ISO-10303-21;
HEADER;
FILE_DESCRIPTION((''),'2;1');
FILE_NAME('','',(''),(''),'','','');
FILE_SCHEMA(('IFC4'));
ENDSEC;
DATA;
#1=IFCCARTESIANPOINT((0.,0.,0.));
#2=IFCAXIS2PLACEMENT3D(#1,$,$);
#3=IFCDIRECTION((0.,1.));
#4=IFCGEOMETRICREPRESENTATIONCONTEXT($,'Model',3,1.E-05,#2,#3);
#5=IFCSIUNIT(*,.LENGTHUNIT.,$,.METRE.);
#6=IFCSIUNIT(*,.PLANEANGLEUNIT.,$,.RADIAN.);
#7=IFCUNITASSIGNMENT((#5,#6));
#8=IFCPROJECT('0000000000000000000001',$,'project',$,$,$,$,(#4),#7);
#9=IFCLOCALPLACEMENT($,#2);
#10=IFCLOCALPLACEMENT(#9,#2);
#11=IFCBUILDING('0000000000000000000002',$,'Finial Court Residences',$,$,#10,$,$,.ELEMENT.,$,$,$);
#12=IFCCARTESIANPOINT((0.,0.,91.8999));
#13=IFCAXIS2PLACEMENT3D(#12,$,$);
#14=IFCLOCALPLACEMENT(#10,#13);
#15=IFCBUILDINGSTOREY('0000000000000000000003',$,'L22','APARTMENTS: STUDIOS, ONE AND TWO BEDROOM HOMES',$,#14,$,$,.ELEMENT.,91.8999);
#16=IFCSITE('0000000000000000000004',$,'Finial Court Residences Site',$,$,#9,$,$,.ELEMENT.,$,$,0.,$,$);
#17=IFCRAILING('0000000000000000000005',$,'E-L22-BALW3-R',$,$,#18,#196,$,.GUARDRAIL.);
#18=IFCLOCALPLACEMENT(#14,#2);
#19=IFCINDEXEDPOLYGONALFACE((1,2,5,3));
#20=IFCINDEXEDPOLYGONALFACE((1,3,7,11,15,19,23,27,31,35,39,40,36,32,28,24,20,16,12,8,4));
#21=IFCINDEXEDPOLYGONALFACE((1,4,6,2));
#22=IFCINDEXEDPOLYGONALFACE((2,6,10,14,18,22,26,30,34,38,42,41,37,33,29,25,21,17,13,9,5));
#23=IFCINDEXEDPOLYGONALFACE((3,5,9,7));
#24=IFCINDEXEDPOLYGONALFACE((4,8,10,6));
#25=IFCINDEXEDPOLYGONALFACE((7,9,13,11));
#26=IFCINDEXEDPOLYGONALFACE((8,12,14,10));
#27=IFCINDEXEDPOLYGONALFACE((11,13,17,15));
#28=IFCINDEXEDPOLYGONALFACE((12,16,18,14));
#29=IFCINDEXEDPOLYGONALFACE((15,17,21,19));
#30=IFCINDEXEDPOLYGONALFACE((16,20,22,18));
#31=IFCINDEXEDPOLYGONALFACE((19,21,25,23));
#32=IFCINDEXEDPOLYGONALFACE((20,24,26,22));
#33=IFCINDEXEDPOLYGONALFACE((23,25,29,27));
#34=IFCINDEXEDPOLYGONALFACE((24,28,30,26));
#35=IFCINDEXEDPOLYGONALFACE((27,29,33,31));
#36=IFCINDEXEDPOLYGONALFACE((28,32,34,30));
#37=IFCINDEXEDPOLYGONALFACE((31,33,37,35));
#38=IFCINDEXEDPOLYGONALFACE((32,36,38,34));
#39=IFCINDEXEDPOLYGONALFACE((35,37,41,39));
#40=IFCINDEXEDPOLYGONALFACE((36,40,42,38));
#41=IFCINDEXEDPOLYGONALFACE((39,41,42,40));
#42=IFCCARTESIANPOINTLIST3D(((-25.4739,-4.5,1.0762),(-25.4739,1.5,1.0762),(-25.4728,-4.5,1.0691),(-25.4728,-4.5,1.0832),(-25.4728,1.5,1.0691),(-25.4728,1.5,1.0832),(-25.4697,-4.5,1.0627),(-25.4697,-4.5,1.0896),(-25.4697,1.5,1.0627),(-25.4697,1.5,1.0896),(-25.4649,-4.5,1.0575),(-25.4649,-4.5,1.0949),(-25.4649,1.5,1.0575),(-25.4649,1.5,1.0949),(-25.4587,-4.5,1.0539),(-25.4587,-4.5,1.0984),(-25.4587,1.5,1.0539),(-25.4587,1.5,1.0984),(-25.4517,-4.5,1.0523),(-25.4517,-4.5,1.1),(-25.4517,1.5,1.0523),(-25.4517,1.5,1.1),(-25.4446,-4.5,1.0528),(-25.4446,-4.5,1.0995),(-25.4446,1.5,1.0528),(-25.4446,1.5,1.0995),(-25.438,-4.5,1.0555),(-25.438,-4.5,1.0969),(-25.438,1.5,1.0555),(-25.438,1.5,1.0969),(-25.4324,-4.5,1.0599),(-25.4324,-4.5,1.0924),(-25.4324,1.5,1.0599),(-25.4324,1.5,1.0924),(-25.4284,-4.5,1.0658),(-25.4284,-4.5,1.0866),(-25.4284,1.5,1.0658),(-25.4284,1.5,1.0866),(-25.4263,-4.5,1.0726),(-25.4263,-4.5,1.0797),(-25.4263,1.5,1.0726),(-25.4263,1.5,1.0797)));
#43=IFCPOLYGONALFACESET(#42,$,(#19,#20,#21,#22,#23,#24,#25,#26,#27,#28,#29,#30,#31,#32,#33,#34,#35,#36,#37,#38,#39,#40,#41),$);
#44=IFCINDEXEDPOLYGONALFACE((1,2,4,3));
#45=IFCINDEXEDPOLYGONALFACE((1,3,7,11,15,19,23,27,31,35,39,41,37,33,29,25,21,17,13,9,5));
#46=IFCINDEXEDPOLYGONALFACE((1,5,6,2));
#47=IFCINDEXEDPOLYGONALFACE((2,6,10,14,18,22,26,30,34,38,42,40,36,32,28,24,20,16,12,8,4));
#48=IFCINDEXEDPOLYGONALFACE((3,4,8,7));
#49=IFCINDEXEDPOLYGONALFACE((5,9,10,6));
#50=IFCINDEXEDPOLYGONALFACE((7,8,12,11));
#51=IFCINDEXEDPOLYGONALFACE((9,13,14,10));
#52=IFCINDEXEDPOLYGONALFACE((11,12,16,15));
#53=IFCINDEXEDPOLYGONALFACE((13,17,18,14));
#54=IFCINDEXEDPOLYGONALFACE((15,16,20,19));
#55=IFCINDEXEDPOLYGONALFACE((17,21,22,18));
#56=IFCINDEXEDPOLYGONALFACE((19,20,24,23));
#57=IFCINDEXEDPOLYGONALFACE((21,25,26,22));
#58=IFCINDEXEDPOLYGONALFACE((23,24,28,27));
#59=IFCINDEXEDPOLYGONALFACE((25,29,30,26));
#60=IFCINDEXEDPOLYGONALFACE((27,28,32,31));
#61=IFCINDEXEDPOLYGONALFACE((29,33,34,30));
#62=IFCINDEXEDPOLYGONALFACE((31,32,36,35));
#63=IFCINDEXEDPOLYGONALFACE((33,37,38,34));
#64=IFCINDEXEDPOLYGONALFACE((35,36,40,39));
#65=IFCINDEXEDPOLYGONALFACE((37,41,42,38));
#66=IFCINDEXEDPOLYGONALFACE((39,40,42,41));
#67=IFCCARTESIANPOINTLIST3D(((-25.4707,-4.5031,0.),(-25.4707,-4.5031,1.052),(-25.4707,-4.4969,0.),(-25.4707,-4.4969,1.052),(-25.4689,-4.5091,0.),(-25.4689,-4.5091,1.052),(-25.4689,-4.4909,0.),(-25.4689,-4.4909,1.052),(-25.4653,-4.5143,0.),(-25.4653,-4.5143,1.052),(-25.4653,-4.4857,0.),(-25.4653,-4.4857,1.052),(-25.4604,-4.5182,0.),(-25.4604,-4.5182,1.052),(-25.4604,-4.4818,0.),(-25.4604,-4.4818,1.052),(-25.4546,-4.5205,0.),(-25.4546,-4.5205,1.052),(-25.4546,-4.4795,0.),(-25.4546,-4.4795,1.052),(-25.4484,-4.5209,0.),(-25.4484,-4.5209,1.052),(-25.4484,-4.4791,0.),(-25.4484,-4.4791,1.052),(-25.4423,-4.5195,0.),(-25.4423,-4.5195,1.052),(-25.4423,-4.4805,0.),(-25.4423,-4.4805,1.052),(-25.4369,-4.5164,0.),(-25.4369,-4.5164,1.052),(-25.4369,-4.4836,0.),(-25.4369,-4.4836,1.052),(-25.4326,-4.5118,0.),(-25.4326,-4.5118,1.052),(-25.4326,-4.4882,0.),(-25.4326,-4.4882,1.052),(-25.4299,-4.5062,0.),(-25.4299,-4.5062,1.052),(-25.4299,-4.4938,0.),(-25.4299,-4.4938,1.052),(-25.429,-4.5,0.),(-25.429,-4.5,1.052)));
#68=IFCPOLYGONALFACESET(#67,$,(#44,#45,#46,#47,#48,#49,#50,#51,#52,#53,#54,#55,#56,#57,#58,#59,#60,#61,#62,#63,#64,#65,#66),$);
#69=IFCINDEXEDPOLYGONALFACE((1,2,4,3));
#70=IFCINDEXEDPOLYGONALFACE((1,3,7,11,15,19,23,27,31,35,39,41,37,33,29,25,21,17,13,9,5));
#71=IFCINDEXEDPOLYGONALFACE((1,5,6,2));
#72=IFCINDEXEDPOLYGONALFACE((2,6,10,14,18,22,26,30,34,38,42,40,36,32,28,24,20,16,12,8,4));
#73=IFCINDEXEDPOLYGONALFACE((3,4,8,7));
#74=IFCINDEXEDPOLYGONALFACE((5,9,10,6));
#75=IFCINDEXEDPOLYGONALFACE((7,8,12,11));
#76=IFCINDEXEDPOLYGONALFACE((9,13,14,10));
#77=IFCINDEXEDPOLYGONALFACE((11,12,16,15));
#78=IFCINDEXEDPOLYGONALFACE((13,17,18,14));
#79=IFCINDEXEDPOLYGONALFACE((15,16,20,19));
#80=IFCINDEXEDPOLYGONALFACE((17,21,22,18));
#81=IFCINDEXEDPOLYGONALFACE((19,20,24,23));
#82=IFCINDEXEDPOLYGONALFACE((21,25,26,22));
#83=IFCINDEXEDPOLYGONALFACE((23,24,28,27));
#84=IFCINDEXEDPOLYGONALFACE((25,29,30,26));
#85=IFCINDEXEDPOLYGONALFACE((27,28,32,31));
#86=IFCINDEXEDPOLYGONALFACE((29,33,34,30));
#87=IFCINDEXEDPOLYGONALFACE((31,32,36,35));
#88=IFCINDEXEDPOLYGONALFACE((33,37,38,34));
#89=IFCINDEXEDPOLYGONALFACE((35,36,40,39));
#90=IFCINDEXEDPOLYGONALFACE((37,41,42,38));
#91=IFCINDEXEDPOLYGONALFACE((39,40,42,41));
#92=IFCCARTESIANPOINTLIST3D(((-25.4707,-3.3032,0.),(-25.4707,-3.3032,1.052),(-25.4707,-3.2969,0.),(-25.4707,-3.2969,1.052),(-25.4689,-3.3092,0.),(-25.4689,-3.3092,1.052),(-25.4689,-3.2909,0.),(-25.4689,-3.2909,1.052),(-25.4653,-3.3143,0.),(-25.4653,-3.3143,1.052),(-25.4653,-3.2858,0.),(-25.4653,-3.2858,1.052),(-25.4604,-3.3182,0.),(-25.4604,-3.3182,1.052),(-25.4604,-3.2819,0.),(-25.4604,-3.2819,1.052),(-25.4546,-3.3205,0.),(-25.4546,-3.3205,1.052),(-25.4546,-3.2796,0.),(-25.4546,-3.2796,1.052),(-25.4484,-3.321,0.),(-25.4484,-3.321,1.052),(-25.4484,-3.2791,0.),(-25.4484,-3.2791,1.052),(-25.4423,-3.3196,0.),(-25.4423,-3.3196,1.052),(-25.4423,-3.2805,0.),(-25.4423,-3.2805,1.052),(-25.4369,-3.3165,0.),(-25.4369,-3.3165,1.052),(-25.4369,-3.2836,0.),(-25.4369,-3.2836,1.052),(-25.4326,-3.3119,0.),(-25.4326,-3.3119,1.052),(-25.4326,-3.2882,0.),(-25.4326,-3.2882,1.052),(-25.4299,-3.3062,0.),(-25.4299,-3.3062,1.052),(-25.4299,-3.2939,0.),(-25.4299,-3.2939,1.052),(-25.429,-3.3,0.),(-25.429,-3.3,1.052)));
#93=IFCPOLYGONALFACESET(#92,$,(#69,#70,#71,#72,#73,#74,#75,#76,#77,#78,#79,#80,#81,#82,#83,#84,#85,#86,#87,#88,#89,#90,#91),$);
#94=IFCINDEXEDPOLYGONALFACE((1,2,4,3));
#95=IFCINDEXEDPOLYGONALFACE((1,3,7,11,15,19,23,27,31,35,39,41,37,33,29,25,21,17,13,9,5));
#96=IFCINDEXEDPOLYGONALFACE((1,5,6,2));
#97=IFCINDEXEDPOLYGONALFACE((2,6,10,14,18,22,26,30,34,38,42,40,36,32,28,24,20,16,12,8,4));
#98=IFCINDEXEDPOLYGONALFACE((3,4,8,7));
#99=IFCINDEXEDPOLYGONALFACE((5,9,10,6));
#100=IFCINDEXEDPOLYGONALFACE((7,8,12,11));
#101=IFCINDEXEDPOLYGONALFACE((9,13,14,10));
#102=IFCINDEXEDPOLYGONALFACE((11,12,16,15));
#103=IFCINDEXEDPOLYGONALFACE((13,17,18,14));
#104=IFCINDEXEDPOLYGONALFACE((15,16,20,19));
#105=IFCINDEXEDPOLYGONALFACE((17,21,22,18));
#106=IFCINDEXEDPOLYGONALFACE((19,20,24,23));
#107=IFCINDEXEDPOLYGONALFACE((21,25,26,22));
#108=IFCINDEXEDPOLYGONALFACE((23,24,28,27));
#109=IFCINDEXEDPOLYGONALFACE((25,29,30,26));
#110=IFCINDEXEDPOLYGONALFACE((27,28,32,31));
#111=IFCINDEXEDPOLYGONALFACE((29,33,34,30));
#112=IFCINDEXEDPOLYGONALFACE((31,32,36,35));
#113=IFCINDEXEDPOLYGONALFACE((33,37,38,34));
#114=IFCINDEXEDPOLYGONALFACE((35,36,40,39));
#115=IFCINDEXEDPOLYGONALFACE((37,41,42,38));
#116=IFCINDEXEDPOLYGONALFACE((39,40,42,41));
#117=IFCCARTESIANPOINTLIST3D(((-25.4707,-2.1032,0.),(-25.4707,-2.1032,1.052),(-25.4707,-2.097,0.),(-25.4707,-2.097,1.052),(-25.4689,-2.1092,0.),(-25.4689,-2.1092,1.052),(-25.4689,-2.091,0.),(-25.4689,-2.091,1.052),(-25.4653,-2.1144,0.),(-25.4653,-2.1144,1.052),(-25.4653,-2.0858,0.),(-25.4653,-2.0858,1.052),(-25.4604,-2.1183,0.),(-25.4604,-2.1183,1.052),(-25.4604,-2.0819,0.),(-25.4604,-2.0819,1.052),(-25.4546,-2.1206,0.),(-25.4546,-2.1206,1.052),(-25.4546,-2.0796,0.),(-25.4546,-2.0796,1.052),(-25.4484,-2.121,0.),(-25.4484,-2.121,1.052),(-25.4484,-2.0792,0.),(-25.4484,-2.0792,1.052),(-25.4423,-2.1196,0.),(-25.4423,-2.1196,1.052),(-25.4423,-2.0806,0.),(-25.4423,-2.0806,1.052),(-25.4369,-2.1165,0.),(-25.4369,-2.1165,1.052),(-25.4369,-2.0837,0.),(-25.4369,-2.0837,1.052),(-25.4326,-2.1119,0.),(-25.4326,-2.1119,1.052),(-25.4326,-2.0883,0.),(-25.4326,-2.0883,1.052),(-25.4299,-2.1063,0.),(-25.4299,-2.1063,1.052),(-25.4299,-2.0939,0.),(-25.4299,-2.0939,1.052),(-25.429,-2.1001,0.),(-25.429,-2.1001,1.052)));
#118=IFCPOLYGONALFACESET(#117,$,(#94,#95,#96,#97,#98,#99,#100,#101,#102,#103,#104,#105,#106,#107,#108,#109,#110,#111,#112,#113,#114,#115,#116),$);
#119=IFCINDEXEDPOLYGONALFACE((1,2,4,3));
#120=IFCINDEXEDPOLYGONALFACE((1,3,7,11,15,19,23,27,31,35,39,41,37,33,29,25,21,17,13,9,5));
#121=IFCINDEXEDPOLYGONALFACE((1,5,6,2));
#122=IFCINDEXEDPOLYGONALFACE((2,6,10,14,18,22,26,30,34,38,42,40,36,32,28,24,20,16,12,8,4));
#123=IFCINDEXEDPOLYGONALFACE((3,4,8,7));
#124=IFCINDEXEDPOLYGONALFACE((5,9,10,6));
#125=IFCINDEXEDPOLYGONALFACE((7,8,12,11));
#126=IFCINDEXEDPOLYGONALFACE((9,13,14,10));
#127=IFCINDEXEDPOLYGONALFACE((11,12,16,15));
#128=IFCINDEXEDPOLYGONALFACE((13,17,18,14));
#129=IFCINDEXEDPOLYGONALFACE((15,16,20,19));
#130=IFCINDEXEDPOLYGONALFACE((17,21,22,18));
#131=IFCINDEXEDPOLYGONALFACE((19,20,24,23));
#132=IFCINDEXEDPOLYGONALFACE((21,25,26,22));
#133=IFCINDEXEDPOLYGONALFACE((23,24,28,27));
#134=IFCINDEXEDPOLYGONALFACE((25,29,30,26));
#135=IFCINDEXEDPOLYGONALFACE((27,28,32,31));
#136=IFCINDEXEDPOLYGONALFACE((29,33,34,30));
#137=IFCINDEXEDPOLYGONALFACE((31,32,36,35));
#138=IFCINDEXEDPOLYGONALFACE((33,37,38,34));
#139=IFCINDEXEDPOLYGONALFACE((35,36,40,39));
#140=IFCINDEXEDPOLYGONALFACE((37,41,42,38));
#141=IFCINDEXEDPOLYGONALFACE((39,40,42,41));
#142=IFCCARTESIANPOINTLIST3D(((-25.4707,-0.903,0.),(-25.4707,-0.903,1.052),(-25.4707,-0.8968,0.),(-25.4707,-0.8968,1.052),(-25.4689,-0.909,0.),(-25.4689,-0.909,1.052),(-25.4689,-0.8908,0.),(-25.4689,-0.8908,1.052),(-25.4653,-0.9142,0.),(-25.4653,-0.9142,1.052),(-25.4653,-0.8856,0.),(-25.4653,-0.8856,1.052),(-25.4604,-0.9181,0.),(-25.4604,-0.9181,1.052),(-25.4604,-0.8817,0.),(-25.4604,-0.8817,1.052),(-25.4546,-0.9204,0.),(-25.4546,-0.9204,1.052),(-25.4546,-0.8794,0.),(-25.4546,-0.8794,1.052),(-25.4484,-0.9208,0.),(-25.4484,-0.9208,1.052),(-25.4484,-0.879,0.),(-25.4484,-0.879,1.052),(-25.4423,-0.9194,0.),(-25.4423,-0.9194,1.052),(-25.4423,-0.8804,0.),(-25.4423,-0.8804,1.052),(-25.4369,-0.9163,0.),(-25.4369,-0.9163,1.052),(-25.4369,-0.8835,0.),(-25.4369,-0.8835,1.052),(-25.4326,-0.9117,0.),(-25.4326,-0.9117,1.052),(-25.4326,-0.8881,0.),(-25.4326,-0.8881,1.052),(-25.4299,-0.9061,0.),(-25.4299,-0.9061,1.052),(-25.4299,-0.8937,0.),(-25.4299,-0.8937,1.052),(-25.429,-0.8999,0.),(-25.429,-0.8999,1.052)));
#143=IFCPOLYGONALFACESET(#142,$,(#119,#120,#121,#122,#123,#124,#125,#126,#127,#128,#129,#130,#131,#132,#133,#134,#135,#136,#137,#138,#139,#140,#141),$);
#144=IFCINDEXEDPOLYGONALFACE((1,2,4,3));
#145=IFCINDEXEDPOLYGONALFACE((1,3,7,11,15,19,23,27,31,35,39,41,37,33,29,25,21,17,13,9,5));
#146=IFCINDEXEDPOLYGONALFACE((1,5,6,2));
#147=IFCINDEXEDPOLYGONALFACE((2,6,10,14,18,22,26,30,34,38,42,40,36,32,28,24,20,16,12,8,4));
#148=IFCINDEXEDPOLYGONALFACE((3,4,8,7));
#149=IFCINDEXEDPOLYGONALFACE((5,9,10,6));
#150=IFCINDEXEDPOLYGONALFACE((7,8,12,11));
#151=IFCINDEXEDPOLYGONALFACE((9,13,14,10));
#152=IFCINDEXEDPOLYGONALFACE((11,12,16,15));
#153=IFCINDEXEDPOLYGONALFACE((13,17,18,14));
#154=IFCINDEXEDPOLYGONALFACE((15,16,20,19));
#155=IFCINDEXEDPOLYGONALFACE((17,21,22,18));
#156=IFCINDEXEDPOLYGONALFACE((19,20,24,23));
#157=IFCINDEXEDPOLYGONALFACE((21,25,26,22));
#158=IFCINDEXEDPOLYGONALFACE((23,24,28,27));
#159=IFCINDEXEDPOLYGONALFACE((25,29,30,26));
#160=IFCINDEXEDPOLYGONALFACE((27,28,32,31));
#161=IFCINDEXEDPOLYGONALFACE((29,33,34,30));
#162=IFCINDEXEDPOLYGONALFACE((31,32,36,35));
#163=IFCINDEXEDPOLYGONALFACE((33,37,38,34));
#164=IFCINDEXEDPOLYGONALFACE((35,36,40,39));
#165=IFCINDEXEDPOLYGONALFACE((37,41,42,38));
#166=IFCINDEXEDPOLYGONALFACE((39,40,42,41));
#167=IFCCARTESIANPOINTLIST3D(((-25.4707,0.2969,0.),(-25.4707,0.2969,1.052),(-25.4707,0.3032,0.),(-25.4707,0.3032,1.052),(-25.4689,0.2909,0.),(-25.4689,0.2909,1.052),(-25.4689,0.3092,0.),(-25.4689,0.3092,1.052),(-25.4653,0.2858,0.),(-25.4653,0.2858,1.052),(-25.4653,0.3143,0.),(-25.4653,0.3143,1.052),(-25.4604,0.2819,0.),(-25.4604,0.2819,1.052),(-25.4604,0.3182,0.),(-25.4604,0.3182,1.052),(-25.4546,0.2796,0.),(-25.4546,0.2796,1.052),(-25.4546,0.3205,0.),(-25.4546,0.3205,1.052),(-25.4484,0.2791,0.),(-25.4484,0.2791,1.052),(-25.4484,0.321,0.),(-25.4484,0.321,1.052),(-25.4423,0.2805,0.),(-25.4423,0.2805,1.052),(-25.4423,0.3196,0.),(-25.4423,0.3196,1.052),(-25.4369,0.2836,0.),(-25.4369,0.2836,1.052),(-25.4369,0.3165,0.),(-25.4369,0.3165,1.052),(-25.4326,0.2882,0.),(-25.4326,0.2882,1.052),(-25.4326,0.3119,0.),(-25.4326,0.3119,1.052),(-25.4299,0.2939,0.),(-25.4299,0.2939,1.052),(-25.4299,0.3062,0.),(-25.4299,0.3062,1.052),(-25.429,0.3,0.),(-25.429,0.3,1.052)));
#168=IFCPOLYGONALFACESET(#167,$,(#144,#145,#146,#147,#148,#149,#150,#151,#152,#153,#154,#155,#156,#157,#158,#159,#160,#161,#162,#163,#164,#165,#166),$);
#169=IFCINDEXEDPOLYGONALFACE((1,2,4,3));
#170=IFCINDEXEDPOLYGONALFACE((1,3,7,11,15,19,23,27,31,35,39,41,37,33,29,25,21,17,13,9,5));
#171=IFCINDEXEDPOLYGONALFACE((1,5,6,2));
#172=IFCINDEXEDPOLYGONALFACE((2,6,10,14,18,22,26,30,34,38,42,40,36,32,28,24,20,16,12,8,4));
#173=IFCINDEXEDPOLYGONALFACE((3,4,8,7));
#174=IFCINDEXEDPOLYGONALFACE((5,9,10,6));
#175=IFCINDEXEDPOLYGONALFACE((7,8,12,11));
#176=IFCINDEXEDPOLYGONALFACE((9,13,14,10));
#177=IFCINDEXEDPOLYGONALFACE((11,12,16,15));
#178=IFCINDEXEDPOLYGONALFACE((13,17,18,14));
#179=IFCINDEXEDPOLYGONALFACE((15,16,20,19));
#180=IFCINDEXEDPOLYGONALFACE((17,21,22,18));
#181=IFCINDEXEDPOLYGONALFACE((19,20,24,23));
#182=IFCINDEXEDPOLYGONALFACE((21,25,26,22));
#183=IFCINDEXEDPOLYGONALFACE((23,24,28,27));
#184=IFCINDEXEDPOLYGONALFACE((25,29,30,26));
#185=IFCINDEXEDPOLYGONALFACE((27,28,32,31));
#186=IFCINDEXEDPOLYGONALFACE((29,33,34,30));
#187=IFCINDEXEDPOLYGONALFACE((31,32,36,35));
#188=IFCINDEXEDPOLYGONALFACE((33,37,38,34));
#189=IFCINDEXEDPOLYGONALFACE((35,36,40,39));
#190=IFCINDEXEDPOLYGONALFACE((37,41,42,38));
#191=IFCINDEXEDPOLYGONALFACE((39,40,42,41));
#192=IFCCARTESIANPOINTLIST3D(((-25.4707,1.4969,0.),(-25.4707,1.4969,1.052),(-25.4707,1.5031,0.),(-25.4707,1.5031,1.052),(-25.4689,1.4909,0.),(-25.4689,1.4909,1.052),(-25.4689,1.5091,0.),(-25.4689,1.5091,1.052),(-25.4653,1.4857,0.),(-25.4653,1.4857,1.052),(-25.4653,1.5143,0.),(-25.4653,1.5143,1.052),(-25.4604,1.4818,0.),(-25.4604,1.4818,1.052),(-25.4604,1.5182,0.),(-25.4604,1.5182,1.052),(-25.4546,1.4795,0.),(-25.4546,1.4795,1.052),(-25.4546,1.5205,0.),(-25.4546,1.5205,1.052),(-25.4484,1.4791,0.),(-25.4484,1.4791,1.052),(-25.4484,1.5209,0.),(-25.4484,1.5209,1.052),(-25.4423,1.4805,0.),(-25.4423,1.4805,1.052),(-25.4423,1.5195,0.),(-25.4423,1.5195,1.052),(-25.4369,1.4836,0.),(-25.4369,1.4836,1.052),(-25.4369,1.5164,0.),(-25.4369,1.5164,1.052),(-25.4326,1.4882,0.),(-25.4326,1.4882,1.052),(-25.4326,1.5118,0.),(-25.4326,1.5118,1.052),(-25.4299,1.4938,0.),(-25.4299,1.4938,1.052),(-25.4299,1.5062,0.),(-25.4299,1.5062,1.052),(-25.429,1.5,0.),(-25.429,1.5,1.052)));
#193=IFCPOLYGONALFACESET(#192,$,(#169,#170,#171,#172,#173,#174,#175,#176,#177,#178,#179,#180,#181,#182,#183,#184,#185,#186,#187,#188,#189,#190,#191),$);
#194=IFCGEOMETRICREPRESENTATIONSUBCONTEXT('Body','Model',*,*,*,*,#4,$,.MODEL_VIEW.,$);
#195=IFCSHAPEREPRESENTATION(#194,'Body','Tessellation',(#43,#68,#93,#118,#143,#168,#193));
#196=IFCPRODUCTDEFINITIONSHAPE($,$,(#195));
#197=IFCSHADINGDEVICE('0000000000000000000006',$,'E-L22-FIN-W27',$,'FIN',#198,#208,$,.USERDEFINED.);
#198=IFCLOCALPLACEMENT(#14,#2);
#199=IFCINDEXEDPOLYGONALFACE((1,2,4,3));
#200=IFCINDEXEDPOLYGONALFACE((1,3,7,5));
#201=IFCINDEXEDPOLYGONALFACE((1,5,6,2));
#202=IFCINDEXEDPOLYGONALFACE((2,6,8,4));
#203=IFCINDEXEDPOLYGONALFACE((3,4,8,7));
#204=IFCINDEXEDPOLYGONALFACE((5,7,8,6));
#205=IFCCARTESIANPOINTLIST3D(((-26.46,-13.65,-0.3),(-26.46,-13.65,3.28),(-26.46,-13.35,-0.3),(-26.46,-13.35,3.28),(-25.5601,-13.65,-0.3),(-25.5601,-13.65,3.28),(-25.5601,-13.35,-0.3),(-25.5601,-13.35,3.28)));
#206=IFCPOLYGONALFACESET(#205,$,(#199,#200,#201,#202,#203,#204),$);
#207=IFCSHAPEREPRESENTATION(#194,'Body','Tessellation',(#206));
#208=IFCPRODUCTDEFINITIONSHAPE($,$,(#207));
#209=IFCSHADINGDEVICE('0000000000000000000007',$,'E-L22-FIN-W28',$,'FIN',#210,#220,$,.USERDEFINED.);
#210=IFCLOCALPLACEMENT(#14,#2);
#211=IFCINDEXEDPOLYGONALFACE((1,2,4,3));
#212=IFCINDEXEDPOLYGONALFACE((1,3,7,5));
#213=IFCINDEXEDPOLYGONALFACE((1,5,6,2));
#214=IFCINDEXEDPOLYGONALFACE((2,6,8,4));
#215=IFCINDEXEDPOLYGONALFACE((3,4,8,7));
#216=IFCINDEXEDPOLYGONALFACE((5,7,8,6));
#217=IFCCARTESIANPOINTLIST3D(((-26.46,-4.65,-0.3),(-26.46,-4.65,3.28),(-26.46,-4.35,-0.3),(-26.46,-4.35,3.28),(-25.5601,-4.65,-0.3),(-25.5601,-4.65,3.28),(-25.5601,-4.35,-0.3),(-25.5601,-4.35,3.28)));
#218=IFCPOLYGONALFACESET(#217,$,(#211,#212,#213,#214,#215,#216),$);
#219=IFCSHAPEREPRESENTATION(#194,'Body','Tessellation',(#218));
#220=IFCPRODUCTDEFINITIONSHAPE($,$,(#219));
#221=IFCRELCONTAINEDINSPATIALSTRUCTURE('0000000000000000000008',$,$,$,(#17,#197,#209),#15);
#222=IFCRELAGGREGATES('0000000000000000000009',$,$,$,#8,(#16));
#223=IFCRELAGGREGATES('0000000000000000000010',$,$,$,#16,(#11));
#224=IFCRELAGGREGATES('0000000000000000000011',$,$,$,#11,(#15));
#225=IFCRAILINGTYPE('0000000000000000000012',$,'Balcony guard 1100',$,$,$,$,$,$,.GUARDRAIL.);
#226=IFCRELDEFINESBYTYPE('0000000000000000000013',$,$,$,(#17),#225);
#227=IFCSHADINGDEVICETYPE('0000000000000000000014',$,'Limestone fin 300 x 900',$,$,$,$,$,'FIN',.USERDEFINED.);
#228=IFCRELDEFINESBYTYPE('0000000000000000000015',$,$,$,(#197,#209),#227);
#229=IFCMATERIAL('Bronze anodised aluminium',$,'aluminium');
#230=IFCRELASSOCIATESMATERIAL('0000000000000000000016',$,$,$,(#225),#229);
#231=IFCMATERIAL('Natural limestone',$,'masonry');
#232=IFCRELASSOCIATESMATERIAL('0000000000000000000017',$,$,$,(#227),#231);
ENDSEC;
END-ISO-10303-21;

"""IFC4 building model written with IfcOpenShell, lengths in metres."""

from ifc_helpers import new_model, si_unit, direction, frame, origin, origin_2d, place, context, subcontext, project, spatial, rectangle, circle, extrude, material, type_object, element, save


model = new_model("IFC4")

# Units and contexts
model_context = context("Model", 3, precision=1e-05, world=origin(), true_north=direction((0.0, 1.0)))
body_context = subcontext(model_context, "Body", "Model", "MODEL_VIEW")
ifc_project = project(units=[si_unit("LENGTHUNIT", "METRE"), si_unit("PLANEANGLEUNIT", "RADIAN")], contexts=[model_context])

# Site, building, storey
site_placement = place(None, origin())
site = spatial("IfcSite", under=ifc_project, at=site_placement, Name="Finial Court Residences Site", CompositionType="ELEMENT", RefElevation=0.0)
building_placement = place(site_placement, origin())
building = spatial("IfcBuilding", under=site, at=building_placement, Name="Finial Court Residences", CompositionType="ELEMENT")
storey_placement = place(building_placement, frame((0.0, 0.0, 91.8999)))
storey = spatial("IfcBuildingStorey", under=building, at=storey_placement, Name="L22", Description="APARTMENTS: STUDIOS, ONE AND TWO BEDROOM HOMES", CompositionType="ELEMENT", Elevation=91.8999)

# Shared definitions
ifc_material_1 = material(Name="Bronze anodised aluminium", Category="aluminium")

# Shared definitions
ifc_material_2 = material(Name="Natural limestone", Category="masonry")

# Railing
railing_type = type_object("IfcRailingType", Name="Balcony guard 1100", PredefinedType="GUARDRAIL", material=ifc_material_1)
railing_placement = place(storey_placement, frame((-25.45, -4.5, 0.0)))
element("IfcRailing", 1, at=railing_placement, inside=storey, type_object=railing_type, Name="E-L22-BALW3-R", PredefinedType="GUARDRAIL", context=body_context, shape_type="SweptSolid", body=[
    extrude(circle(Radius=0.0239, at=origin_2d()), frame((0.0, 0.0, 1.0762), z_axis=(0.0, 1.0, 0.0), x_axis=(-1.0, 0.0, 0.0)), (0.0, 0.0, 1.0), 6.0),
    extrude(circle(Radius=0.021, at=origin_2d()), origin(), (0.0, 0.0, 1.0), 1.052),
    extrude(circle(Radius=0.021, at=origin_2d()), frame((0.0, 1.2, 0.0)), (0.0, 0.0, 1.0), 1.052),
    extrude(circle(Radius=0.021, at=origin_2d()), frame((0.0, 2.3999, 0.0)), (0.0, 0.0, 1.0), 1.052),
    extrude(circle(Radius=0.021, at=origin_2d()), frame((0.0, 3.6001, 0.0)), (0.0, 0.0, 1.0), 1.052),
    extrude(circle(Radius=0.021, at=origin_2d()), frame((0.0, 4.8, 0.0)), (0.0, 0.0, 1.0), 1.052),
    extrude(circle(Radius=0.021, at=origin_2d()), frame((0.0, 6.0, 0.0)), (0.0, 0.0, 1.0), 1.052),
])

# Shading devices
shading_device_type = type_object("IfcShadingDeviceType", Name="Limestone fin 300 x 900", ElementType="FIN", PredefinedType="USERDEFINED", material=ifc_material_2)
for number, where, z_axis, x_axis, name in (
    (2, (-26.01, -13.5, -0.3), (0.0, 0.0, 1.0), (1.0, 0.0, 0.0), "E-L22-FIN-W27"),
    (3, (-26.01, -4.5, -0.3), (0.0, 0.0, 1.0), (1.0, 0.0, 0.0), "E-L22-FIN-W28"),
):
    element("IfcShadingDevice", number, at=place(storey_placement, frame(where, z_axis=z_axis, x_axis=x_axis)), inside=storey, type_object=shading_device_type, Name=name, ObjectType="FIN", PredefinedType="USERDEFINED", context=body_context, shape_type="SweptSolid", body=[
        extrude(rectangle(XDim=0.8999, YDim=0.3, at=origin_2d()), origin(), (0.0, 0.0, 1.0), 3.5801),
    ])

save(model, "model.ifc")
